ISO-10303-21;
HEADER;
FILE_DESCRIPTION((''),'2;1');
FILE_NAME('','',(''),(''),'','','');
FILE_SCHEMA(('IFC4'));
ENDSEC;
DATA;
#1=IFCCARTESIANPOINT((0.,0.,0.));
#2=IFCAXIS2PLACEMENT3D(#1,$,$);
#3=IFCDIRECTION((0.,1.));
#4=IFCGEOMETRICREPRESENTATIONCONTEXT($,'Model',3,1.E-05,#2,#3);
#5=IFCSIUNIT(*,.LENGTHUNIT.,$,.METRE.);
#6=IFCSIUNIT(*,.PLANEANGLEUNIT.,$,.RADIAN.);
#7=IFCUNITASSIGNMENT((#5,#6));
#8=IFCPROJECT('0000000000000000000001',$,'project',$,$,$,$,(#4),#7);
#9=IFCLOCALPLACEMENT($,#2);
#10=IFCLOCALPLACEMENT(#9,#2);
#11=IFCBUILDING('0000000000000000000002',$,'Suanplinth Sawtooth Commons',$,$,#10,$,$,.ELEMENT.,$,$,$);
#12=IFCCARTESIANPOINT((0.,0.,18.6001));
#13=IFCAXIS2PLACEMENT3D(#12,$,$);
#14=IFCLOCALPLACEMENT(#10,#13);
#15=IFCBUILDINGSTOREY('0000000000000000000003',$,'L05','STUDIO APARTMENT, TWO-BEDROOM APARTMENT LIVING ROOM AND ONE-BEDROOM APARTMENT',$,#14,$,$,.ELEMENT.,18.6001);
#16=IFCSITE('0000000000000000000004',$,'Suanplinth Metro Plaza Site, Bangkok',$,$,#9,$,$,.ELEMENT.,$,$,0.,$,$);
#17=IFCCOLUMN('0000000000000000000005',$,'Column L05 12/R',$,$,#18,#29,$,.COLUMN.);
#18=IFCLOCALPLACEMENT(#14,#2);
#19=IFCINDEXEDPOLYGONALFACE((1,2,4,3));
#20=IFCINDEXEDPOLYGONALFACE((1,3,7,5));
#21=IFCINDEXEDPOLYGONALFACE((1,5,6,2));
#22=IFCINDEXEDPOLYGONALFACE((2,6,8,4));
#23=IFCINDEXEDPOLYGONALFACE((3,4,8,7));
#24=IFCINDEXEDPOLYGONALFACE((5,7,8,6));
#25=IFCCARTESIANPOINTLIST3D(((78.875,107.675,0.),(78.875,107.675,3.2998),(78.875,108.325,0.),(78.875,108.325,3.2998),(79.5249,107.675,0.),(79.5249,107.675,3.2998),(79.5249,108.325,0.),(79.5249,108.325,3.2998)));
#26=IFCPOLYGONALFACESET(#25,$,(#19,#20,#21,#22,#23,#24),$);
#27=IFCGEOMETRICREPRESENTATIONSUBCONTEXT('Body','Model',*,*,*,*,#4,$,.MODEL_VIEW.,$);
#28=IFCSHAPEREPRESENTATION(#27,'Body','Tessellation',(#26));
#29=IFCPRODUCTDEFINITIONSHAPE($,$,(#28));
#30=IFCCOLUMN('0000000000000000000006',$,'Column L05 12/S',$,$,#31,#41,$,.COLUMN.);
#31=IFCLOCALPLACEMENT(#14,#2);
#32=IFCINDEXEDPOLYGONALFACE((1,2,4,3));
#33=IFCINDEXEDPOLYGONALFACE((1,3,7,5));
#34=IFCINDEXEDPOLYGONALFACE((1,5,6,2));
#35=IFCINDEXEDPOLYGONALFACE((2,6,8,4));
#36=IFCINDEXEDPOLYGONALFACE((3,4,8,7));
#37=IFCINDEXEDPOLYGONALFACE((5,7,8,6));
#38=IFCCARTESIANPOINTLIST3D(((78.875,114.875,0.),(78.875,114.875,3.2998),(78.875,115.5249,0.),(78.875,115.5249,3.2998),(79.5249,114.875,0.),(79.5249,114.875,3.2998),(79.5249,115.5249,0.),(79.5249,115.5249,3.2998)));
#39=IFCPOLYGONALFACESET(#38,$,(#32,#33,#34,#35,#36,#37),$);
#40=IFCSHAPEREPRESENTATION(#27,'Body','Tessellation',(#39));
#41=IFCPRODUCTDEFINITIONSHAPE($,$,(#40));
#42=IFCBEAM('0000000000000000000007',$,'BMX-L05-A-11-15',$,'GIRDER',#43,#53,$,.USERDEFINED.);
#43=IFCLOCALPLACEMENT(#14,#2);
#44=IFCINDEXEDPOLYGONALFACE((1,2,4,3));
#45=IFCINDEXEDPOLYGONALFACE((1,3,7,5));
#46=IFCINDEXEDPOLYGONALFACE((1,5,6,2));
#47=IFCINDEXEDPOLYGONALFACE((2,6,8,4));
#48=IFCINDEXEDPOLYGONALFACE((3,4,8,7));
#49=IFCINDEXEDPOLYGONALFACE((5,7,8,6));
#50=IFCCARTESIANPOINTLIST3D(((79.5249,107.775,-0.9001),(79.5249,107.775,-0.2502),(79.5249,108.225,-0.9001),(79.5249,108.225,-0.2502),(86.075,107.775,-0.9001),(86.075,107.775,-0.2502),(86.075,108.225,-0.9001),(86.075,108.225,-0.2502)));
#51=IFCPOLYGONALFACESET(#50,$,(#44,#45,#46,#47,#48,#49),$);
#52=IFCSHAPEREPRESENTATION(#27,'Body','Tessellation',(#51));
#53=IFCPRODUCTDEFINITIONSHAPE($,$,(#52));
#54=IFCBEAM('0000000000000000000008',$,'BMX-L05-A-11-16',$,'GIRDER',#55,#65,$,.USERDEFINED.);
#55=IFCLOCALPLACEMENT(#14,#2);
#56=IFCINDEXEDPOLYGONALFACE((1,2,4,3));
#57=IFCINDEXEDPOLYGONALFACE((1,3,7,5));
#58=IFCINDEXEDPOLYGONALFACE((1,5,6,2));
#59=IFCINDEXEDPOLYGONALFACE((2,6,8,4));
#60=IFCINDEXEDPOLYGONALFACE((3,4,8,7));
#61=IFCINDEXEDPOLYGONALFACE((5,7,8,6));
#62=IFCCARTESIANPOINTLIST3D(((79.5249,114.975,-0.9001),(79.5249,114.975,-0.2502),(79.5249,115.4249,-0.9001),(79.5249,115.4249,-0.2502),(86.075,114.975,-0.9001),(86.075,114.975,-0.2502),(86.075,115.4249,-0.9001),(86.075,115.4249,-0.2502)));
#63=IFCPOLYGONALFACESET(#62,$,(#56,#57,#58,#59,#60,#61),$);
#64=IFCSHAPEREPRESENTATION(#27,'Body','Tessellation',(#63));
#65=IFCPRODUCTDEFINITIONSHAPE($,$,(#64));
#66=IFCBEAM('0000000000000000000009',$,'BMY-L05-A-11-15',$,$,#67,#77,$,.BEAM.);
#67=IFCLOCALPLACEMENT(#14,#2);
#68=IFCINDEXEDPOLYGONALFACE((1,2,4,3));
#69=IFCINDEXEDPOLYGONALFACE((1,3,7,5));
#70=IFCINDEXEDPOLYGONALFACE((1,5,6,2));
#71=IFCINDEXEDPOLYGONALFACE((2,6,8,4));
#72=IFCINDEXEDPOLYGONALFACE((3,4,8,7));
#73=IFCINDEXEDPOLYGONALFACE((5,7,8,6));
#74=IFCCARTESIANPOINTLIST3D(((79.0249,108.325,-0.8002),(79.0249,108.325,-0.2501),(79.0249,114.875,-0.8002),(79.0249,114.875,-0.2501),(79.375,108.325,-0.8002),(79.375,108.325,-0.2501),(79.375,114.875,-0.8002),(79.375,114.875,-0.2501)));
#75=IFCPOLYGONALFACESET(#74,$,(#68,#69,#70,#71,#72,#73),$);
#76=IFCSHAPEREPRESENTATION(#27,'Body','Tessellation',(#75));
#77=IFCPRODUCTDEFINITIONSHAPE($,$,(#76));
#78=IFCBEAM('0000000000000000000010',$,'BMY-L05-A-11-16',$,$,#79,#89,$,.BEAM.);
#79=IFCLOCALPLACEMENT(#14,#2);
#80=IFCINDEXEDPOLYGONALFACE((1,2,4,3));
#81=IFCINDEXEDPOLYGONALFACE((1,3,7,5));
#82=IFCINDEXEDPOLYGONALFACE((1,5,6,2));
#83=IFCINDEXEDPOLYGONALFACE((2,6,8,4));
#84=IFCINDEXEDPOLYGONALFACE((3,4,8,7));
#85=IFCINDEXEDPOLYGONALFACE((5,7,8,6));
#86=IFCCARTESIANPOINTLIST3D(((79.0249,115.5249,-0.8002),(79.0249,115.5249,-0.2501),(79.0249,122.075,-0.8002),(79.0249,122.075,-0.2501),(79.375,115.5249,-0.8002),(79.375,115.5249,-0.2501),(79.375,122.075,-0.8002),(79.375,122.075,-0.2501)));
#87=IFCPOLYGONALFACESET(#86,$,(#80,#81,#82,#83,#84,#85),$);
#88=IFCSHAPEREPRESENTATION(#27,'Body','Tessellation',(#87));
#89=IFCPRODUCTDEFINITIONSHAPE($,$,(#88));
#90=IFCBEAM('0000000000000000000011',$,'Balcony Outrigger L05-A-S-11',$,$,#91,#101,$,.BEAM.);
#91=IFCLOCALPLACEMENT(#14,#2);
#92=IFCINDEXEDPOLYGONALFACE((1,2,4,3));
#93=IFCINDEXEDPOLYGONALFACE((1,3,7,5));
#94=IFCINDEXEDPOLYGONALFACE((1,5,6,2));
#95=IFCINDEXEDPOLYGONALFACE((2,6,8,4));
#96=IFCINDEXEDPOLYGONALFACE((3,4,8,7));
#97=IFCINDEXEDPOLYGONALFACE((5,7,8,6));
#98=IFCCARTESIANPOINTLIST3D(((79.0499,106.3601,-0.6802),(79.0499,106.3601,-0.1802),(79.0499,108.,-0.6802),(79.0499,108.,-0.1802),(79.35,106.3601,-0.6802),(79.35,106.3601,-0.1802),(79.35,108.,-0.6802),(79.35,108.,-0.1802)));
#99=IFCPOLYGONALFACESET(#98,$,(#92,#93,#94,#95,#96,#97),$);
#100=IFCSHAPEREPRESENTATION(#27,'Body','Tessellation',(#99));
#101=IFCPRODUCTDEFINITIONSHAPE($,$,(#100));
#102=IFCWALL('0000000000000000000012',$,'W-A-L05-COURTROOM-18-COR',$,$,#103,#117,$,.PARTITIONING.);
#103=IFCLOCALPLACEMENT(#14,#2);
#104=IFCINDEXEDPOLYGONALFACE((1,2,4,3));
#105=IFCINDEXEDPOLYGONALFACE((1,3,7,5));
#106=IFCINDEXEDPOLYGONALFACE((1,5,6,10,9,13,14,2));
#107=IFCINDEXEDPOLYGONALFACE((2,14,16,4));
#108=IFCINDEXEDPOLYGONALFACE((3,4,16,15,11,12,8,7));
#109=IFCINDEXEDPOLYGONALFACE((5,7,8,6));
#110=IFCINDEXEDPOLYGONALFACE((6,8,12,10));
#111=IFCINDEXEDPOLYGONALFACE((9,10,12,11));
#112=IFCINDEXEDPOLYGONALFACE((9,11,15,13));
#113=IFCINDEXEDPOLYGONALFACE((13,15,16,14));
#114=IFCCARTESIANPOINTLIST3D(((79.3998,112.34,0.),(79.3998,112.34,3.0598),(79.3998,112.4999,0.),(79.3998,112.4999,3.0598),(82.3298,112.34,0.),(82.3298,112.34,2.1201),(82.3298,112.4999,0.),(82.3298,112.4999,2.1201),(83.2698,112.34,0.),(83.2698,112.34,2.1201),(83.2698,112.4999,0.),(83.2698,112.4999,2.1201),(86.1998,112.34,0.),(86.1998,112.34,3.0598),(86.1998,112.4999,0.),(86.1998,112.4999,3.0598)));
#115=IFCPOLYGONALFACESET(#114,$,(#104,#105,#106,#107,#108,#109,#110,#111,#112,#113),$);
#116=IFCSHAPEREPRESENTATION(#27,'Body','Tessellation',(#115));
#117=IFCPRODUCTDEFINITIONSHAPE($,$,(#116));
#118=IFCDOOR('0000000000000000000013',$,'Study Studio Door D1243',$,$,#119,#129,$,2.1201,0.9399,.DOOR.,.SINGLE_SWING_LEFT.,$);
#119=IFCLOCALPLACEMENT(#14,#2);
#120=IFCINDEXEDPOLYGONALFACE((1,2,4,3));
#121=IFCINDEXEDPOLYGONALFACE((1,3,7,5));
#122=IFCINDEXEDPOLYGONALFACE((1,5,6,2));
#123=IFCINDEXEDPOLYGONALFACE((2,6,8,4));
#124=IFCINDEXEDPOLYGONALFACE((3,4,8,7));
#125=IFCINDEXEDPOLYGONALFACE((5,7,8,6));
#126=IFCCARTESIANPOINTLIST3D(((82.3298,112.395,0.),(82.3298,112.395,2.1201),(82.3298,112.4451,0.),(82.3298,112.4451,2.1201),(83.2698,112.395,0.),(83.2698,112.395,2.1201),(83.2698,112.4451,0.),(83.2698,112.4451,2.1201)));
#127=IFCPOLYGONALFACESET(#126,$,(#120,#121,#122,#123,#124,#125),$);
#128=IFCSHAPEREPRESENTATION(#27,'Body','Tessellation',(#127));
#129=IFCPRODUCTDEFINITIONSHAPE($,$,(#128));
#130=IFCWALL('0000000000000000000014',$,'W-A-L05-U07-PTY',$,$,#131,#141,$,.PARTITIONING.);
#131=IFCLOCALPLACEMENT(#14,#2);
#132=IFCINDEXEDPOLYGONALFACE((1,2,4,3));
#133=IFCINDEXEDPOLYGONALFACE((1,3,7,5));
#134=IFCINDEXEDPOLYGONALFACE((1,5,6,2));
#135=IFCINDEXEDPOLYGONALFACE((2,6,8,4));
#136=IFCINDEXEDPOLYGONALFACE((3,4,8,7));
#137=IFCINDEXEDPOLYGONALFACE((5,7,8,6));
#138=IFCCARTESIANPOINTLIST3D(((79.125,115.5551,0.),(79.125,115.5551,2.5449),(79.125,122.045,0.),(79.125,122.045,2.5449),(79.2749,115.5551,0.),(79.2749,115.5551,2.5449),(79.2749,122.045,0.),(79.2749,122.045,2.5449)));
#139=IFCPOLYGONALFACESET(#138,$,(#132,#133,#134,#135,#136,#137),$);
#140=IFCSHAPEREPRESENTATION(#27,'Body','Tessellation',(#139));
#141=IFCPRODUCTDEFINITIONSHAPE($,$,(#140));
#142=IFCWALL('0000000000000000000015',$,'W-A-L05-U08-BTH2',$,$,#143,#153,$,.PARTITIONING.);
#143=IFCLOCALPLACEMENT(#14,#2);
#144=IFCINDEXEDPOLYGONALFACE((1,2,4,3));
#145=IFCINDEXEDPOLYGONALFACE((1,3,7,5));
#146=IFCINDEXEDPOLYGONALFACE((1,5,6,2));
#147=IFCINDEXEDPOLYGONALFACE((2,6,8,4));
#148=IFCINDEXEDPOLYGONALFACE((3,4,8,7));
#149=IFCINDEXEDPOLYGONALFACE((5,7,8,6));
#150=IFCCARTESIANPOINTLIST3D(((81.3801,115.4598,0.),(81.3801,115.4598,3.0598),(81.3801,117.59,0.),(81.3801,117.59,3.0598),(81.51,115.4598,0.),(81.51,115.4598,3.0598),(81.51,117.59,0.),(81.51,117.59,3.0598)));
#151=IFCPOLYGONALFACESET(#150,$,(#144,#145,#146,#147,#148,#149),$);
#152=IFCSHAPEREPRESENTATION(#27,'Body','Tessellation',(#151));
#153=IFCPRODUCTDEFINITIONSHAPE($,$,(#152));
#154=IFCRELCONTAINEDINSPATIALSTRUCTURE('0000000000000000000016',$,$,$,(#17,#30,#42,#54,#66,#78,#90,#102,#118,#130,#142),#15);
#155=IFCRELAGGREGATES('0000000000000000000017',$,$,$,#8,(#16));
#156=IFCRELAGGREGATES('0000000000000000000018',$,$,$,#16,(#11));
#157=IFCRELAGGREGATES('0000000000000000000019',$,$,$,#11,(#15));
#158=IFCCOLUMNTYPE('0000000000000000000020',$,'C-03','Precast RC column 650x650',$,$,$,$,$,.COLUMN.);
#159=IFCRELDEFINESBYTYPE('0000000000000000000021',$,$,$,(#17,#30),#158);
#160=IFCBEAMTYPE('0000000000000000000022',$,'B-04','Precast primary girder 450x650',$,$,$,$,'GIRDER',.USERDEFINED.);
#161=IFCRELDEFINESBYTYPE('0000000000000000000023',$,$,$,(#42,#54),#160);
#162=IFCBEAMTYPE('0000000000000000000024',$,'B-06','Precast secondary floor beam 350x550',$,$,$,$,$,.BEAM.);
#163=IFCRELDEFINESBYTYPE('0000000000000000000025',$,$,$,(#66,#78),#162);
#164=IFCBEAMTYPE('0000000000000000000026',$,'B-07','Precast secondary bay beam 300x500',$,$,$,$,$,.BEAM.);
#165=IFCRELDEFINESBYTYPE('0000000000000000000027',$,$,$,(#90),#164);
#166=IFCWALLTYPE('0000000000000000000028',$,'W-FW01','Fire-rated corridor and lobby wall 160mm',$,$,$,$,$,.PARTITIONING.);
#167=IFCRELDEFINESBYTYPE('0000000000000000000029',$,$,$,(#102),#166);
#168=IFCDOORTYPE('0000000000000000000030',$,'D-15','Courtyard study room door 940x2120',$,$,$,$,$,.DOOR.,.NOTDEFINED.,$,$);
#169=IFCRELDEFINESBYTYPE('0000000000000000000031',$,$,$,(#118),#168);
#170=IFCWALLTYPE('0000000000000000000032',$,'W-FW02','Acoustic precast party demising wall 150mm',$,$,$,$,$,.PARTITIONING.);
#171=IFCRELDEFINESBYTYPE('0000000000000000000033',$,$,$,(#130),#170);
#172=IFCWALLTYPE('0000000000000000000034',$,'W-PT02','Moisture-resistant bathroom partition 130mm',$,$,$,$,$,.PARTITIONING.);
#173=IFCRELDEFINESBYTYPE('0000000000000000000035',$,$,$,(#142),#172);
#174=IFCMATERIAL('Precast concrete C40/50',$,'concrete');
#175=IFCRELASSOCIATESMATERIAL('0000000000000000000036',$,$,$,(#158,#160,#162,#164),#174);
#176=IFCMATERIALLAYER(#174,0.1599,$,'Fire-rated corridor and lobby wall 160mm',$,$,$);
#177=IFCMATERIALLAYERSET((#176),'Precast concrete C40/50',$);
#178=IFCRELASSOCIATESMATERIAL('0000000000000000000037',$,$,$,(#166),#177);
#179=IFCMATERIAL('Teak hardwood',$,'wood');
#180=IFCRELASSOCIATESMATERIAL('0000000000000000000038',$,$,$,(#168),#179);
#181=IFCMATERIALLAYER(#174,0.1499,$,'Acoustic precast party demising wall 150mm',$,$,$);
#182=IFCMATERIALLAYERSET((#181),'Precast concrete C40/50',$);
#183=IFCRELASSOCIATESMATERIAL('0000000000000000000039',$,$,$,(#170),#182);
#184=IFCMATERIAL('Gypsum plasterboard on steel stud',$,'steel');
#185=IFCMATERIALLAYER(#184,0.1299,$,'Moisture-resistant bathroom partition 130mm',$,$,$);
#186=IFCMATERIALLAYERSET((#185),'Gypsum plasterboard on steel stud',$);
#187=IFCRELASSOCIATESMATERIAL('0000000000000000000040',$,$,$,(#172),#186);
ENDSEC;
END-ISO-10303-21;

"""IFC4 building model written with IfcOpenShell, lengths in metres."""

from ifc_helpers import new_model, si_unit, direction, frame, frame_2d, origin, origin_2d, place, context, subcontext, project, spatial, rectangle, extrude, material, layer, layer_set, material_profile, profile_set, type_object, element, fill, save


model = new_model("IFC4")

# Units and contexts
model_context = context("Model", 3, precision=1e-05, world=origin(), true_north=direction((0.0, 1.0)))
body_context = subcontext(model_context, "Body", "Model", "MODEL_VIEW")
ifc_project = project(units=[si_unit("LENGTHUNIT", "METRE"), si_unit("PLANEANGLEUNIT", "RADIAN")], contexts=[model_context])

# Site, building, storey
site_placement = place(None, origin())
site = spatial("IfcSite", under=ifc_project, at=site_placement, Name="Suanplinth Metro Plaza Site, Bangkok", CompositionType="ELEMENT", RefElevation=0.0)
building_placement = place(site_placement, origin())
building = spatial("IfcBuilding", under=site, at=building_placement, Name="Suanplinth Sawtooth Commons", CompositionType="ELEMENT")
storey_placement = place(building_placement, frame((0.0, 0.0, 18.6001)))
storey = spatial("IfcBuildingStorey", under=building, at=storey_placement, Name="L05", Description="STUDIO APARTMENT, TWO-BEDROOM APARTMENT LIVING ROOM AND ONE-BEDROOM APARTMENT", CompositionType="ELEMENT", Elevation=18.6001)

# Columns
ifc_material_1 = material(Name="Precast concrete C40/50", Category="concrete")
ifc_material_profile_1 = material_profile(ifc_material_1, rectangle(XDim=0.6499, YDim=0.6499, at=origin_2d()), Name="PC-COL 650x650")
ifc_profile_set_1 = profile_set([ifc_material_profile_1], Name="Precast concrete C40/50")
column_type = type_object("IfcColumnType", Name="C-03", Description="Precast RC column 650x650", PredefinedType="COLUMN", material=ifc_profile_set_1)
for number, where, z_axis, x_axis, name in (
    (1, (79.2, 108.0, 0.0), (0.0, 0.0, 1.0), (1.0, 0.0, 0.0), "Column L05 12/R"),
    (2, (79.2, 115.2, 0.0), (0.0, 0.0, 1.0), (1.0, 0.0, 0.0), "Column L05 12/S"),
):
    element("IfcColumn", number, at=place(storey_placement, frame(where, z_axis=z_axis, x_axis=x_axis)), inside=storey, type_object=column_type, Name=name, PredefinedType="COLUMN", context=body_context, shape_type="SweptSolid", body=[
        extrude(rectangle(XDim=0.6499, YDim=0.6499, at=origin_2d()), origin(), (0.0, 0.0, 1.0), 3.2998),
    ])

# Beams
ifc_material_profile_2 = material_profile(ifc_material_1, rectangle(XDim=0.45, YDim=0.6499, at=origin_2d()), Name="PC-GDR 450x650")
ifc_profile_set_2 = profile_set([ifc_material_profile_2], Name="Precast concrete C40/50")
beam_type_1 = type_object("IfcBeamType", Name="B-04", Description="Precast primary girder 450x650", ElementType="GIRDER", PredefinedType="USERDEFINED", material=ifc_profile_set_2)
for number, where, z_axis, x_axis, name in (
    (3, (79.5249, 108.0, -0.5752), (1.0, 0.0, 0.0), (0.0, 1.0, 0.0), "BMX-L05-A-11-15"),
    (4, (79.5249, 115.2, -0.5752), (1.0, 0.0, 0.0), (0.0, 1.0, 0.0), "BMX-L05-A-11-16"),
):
    element("IfcBeam", number, at=place(storey_placement, frame(where, z_axis=z_axis, x_axis=x_axis)), inside=storey, type_object=beam_type_1, Name=name, ObjectType="GIRDER", PredefinedType="USERDEFINED", context=body_context, shape_type="SweptSolid", body=[
        extrude(rectangle(XDim=0.45, YDim=0.6499, at=origin_2d()), origin(), (0.0, 0.0, 1.0), 6.55),
    ])
ifc_material_profile_3 = material_profile(ifc_material_1, rectangle(XDim=0.3501, YDim=0.55, at=origin_2d()), Name="PC-BM 350x550")
ifc_profile_set_3 = profile_set([ifc_material_profile_3], Name="Precast concrete C40/50")
beam_type_2 = type_object("IfcBeamType", Name="B-06", Description="Precast secondary floor beam 350x550", PredefinedType="BEAM", material=ifc_profile_set_3)
for number, where, z_axis, x_axis, name in (
    (5, (79.2, 108.325, -0.5251), (0.0, 1.0, 0.0), (-1.0, 0.0, 0.0), "BMY-L05-A-11-15"),
    (6, (79.2, 115.5249, -0.5251), (0.0, 1.0, 0.0), (-1.0, 0.0, 0.0), "BMY-L05-A-11-16"),
):
    element("IfcBeam", number, at=place(storey_placement, frame(where, z_axis=z_axis, x_axis=x_axis)), inside=storey, type_object=beam_type_2, Name=name, PredefinedType="BEAM", context=body_context, shape_type="SweptSolid", body=[
        extrude(rectangle(XDim=0.3501, YDim=0.55, at=origin_2d()), origin(), (0.0, 0.0, 1.0), 6.55),
    ])
ifc_material_profile_4 = material_profile(ifc_material_1, rectangle(XDim=0.3, YDim=0.5, at=origin_2d()), Name="PC-BM 300x500")
ifc_profile_set_4 = profile_set([ifc_material_profile_4], Name="Precast concrete C40/50")
beam_type_3 = type_object("IfcBeamType", Name="B-07", Description="Precast secondary bay beam 300x500", PredefinedType="BEAM", material=ifc_profile_set_4)
beam_placement = place(storey_placement, frame((79.2, 108.0, -0.4302), z_axis=(0.0, -1.0, 0.0), x_axis=(1.0, 0.0, 0.0)))
element("IfcBeam", 7, at=beam_placement, inside=storey, type_object=beam_type_3, Name="Balcony Outrigger L05-A-S-11", PredefinedType="BEAM", context=body_context, shape_type="SweptSolid", body=[
    extrude(rectangle(XDim=0.3, YDim=0.5, at=origin_2d()), origin(), (0.0, 0.0, 1.0), 1.6399),
])

# Wall, opening, door
ifc_layer_1 = layer(ifc_material_1, 0.1599, Name="Fire-rated corridor and lobby wall 160mm")
ifc_layer_set_1 = layer_set([ifc_layer_1], Name="Precast concrete C40/50")
wall_type_1 = type_object("IfcWallType", Name="W-FW01", Description="Fire-rated corridor and lobby wall 160mm", PredefinedType="PARTITIONING", material=ifc_layer_set_1)
wall_1_placement = place(storey_placement, frame((79.3999, 112.4199, 0.0), z_axis=(0.0, 0.0, 1.0), x_axis=(1.0, 0.0, 0.0)))
wall_1 = element("IfcWall", 8, at=wall_1_placement, inside=storey, type_object=wall_type_1, Name="W-A-L05-COURTROOM-18-COR", PredefinedType="PARTITIONING", context=body_context, shape_type="SweptSolid", body=[
    extrude(rectangle(XDim=6.8, YDim=0.1599, at=frame_2d((3.3999, 0.0))), origin(), (0.0, 0.0, 1.0), 3.0598),
])
opening_1_placement = place(wall_1_placement, frame((2.9299, 0.0, 0.0)))
opening_1 = element("IfcOpeningElement", 9, at=opening_1_placement, cuts=wall_1, PredefinedType="OPENING", context=body_context, shape_type="SweptSolid", body=[
    extrude(rectangle(XDim=0.9399, YDim=2.1201, at=frame_2d((0.47, 1.0601))), frame((0.0, 0.0947, 0.0), z_axis=(0.0, -1.0, 0.0), x_axis=(1.0, 0.0, 0.0)), (0.0, 0.0, 1.0), 0.1897),
])
ifc_material_2 = material(Name="Teak hardwood", Category="wood")
door_type_1 = type_object("IfcDoorType", Name="D-15", Description="Courtyard study room door 940x2120", OperationType="NOTDEFINED", PredefinedType="DOOR", material=ifc_material_2)
door_1_placement = place(opening_1_placement, frame((0.9399, 0.0, 0.0), z_axis=(0.0, 0.0, 1.0), x_axis=(-1.0, 0.0, 0.0)))
door_1 = element("IfcDoor", 10, at=door_1_placement, inside=storey, type_object=door_type_1, Name="Study Studio Door D1243", OperationType="SINGLE_SWING_LEFT", OverallHeight=2.1201, OverallWidth=0.9399, PredefinedType="DOOR", context=body_context, shape_type="SweptSolid", body=[
    extrude(rectangle(XDim=0.9399, YDim=2.1201, at=frame_2d((0.47, 1.0601))), frame((0.0, 0.0249, 0.0), z_axis=(0.0, -1.0, 0.0), x_axis=(1.0, 0.0, 0.0)), (0.0, 0.0, 1.0), 0.05),
])
fill(opening_1, door_1)

# Walls
ifc_layer_2 = layer(ifc_material_1, 0.1499, Name="Acoustic precast party demising wall 150mm")
ifc_layer_set_2 = layer_set([ifc_layer_2], Name="Precast concrete C40/50")
wall_type_2 = type_object("IfcWallType", Name="W-FW02", Description="Acoustic precast party demising wall 150mm", PredefinedType="PARTITIONING", material=ifc_layer_set_2)
wall_2_placement = place(storey_placement, frame((79.2, 115.5549, 0.0), z_axis=(0.0, 0.0, 1.0), x_axis=(0.0, 1.0, 0.0)))
element("IfcWall", 11, at=wall_2_placement, inside=storey, type_object=wall_type_2, Name="W-A-L05-U07-PTY", PredefinedType="PARTITIONING", context=body_context, shape_type="SweptSolid", body=[
    extrude(rectangle(XDim=6.49, YDim=0.1499, at=frame_2d((3.2451, 0.0))), origin(), (0.0, 0.0, 1.0), 2.5449),
])
ifc_material_3 = material(Name="Gypsum plasterboard on steel stud", Category="steel")
ifc_layer_3 = layer(ifc_material_3, 0.1299, Name="Moisture-resistant bathroom partition 130mm")
ifc_layer_set_3 = layer_set([ifc_layer_3], Name="Gypsum plasterboard on steel stud")
wall_type_3 = type_object("IfcWallType", Name="W-PT02", Description="Moisture-resistant bathroom partition 130mm", PredefinedType="PARTITIONING", material=ifc_layer_set_3)
wall_3_placement = place(storey_placement, frame((81.4451, 115.46, 0.0), z_axis=(0.0, 0.0, 1.0), x_axis=(0.0, 1.0, 0.0)))
element("IfcWall", 12, at=wall_3_placement, inside=storey, type_object=wall_type_3, Name="W-A-L05-U08-BTH2", PredefinedType="PARTITIONING", context=body_context, shape_type="SweptSolid", body=[
    extrude(rectangle(XDim=2.1301, YDim=0.1299, at=frame_2d((1.0649, 0.0))), origin(), (0.0, 0.0, 1.0), 3.0598),
])

save(model, "model.ifc")
